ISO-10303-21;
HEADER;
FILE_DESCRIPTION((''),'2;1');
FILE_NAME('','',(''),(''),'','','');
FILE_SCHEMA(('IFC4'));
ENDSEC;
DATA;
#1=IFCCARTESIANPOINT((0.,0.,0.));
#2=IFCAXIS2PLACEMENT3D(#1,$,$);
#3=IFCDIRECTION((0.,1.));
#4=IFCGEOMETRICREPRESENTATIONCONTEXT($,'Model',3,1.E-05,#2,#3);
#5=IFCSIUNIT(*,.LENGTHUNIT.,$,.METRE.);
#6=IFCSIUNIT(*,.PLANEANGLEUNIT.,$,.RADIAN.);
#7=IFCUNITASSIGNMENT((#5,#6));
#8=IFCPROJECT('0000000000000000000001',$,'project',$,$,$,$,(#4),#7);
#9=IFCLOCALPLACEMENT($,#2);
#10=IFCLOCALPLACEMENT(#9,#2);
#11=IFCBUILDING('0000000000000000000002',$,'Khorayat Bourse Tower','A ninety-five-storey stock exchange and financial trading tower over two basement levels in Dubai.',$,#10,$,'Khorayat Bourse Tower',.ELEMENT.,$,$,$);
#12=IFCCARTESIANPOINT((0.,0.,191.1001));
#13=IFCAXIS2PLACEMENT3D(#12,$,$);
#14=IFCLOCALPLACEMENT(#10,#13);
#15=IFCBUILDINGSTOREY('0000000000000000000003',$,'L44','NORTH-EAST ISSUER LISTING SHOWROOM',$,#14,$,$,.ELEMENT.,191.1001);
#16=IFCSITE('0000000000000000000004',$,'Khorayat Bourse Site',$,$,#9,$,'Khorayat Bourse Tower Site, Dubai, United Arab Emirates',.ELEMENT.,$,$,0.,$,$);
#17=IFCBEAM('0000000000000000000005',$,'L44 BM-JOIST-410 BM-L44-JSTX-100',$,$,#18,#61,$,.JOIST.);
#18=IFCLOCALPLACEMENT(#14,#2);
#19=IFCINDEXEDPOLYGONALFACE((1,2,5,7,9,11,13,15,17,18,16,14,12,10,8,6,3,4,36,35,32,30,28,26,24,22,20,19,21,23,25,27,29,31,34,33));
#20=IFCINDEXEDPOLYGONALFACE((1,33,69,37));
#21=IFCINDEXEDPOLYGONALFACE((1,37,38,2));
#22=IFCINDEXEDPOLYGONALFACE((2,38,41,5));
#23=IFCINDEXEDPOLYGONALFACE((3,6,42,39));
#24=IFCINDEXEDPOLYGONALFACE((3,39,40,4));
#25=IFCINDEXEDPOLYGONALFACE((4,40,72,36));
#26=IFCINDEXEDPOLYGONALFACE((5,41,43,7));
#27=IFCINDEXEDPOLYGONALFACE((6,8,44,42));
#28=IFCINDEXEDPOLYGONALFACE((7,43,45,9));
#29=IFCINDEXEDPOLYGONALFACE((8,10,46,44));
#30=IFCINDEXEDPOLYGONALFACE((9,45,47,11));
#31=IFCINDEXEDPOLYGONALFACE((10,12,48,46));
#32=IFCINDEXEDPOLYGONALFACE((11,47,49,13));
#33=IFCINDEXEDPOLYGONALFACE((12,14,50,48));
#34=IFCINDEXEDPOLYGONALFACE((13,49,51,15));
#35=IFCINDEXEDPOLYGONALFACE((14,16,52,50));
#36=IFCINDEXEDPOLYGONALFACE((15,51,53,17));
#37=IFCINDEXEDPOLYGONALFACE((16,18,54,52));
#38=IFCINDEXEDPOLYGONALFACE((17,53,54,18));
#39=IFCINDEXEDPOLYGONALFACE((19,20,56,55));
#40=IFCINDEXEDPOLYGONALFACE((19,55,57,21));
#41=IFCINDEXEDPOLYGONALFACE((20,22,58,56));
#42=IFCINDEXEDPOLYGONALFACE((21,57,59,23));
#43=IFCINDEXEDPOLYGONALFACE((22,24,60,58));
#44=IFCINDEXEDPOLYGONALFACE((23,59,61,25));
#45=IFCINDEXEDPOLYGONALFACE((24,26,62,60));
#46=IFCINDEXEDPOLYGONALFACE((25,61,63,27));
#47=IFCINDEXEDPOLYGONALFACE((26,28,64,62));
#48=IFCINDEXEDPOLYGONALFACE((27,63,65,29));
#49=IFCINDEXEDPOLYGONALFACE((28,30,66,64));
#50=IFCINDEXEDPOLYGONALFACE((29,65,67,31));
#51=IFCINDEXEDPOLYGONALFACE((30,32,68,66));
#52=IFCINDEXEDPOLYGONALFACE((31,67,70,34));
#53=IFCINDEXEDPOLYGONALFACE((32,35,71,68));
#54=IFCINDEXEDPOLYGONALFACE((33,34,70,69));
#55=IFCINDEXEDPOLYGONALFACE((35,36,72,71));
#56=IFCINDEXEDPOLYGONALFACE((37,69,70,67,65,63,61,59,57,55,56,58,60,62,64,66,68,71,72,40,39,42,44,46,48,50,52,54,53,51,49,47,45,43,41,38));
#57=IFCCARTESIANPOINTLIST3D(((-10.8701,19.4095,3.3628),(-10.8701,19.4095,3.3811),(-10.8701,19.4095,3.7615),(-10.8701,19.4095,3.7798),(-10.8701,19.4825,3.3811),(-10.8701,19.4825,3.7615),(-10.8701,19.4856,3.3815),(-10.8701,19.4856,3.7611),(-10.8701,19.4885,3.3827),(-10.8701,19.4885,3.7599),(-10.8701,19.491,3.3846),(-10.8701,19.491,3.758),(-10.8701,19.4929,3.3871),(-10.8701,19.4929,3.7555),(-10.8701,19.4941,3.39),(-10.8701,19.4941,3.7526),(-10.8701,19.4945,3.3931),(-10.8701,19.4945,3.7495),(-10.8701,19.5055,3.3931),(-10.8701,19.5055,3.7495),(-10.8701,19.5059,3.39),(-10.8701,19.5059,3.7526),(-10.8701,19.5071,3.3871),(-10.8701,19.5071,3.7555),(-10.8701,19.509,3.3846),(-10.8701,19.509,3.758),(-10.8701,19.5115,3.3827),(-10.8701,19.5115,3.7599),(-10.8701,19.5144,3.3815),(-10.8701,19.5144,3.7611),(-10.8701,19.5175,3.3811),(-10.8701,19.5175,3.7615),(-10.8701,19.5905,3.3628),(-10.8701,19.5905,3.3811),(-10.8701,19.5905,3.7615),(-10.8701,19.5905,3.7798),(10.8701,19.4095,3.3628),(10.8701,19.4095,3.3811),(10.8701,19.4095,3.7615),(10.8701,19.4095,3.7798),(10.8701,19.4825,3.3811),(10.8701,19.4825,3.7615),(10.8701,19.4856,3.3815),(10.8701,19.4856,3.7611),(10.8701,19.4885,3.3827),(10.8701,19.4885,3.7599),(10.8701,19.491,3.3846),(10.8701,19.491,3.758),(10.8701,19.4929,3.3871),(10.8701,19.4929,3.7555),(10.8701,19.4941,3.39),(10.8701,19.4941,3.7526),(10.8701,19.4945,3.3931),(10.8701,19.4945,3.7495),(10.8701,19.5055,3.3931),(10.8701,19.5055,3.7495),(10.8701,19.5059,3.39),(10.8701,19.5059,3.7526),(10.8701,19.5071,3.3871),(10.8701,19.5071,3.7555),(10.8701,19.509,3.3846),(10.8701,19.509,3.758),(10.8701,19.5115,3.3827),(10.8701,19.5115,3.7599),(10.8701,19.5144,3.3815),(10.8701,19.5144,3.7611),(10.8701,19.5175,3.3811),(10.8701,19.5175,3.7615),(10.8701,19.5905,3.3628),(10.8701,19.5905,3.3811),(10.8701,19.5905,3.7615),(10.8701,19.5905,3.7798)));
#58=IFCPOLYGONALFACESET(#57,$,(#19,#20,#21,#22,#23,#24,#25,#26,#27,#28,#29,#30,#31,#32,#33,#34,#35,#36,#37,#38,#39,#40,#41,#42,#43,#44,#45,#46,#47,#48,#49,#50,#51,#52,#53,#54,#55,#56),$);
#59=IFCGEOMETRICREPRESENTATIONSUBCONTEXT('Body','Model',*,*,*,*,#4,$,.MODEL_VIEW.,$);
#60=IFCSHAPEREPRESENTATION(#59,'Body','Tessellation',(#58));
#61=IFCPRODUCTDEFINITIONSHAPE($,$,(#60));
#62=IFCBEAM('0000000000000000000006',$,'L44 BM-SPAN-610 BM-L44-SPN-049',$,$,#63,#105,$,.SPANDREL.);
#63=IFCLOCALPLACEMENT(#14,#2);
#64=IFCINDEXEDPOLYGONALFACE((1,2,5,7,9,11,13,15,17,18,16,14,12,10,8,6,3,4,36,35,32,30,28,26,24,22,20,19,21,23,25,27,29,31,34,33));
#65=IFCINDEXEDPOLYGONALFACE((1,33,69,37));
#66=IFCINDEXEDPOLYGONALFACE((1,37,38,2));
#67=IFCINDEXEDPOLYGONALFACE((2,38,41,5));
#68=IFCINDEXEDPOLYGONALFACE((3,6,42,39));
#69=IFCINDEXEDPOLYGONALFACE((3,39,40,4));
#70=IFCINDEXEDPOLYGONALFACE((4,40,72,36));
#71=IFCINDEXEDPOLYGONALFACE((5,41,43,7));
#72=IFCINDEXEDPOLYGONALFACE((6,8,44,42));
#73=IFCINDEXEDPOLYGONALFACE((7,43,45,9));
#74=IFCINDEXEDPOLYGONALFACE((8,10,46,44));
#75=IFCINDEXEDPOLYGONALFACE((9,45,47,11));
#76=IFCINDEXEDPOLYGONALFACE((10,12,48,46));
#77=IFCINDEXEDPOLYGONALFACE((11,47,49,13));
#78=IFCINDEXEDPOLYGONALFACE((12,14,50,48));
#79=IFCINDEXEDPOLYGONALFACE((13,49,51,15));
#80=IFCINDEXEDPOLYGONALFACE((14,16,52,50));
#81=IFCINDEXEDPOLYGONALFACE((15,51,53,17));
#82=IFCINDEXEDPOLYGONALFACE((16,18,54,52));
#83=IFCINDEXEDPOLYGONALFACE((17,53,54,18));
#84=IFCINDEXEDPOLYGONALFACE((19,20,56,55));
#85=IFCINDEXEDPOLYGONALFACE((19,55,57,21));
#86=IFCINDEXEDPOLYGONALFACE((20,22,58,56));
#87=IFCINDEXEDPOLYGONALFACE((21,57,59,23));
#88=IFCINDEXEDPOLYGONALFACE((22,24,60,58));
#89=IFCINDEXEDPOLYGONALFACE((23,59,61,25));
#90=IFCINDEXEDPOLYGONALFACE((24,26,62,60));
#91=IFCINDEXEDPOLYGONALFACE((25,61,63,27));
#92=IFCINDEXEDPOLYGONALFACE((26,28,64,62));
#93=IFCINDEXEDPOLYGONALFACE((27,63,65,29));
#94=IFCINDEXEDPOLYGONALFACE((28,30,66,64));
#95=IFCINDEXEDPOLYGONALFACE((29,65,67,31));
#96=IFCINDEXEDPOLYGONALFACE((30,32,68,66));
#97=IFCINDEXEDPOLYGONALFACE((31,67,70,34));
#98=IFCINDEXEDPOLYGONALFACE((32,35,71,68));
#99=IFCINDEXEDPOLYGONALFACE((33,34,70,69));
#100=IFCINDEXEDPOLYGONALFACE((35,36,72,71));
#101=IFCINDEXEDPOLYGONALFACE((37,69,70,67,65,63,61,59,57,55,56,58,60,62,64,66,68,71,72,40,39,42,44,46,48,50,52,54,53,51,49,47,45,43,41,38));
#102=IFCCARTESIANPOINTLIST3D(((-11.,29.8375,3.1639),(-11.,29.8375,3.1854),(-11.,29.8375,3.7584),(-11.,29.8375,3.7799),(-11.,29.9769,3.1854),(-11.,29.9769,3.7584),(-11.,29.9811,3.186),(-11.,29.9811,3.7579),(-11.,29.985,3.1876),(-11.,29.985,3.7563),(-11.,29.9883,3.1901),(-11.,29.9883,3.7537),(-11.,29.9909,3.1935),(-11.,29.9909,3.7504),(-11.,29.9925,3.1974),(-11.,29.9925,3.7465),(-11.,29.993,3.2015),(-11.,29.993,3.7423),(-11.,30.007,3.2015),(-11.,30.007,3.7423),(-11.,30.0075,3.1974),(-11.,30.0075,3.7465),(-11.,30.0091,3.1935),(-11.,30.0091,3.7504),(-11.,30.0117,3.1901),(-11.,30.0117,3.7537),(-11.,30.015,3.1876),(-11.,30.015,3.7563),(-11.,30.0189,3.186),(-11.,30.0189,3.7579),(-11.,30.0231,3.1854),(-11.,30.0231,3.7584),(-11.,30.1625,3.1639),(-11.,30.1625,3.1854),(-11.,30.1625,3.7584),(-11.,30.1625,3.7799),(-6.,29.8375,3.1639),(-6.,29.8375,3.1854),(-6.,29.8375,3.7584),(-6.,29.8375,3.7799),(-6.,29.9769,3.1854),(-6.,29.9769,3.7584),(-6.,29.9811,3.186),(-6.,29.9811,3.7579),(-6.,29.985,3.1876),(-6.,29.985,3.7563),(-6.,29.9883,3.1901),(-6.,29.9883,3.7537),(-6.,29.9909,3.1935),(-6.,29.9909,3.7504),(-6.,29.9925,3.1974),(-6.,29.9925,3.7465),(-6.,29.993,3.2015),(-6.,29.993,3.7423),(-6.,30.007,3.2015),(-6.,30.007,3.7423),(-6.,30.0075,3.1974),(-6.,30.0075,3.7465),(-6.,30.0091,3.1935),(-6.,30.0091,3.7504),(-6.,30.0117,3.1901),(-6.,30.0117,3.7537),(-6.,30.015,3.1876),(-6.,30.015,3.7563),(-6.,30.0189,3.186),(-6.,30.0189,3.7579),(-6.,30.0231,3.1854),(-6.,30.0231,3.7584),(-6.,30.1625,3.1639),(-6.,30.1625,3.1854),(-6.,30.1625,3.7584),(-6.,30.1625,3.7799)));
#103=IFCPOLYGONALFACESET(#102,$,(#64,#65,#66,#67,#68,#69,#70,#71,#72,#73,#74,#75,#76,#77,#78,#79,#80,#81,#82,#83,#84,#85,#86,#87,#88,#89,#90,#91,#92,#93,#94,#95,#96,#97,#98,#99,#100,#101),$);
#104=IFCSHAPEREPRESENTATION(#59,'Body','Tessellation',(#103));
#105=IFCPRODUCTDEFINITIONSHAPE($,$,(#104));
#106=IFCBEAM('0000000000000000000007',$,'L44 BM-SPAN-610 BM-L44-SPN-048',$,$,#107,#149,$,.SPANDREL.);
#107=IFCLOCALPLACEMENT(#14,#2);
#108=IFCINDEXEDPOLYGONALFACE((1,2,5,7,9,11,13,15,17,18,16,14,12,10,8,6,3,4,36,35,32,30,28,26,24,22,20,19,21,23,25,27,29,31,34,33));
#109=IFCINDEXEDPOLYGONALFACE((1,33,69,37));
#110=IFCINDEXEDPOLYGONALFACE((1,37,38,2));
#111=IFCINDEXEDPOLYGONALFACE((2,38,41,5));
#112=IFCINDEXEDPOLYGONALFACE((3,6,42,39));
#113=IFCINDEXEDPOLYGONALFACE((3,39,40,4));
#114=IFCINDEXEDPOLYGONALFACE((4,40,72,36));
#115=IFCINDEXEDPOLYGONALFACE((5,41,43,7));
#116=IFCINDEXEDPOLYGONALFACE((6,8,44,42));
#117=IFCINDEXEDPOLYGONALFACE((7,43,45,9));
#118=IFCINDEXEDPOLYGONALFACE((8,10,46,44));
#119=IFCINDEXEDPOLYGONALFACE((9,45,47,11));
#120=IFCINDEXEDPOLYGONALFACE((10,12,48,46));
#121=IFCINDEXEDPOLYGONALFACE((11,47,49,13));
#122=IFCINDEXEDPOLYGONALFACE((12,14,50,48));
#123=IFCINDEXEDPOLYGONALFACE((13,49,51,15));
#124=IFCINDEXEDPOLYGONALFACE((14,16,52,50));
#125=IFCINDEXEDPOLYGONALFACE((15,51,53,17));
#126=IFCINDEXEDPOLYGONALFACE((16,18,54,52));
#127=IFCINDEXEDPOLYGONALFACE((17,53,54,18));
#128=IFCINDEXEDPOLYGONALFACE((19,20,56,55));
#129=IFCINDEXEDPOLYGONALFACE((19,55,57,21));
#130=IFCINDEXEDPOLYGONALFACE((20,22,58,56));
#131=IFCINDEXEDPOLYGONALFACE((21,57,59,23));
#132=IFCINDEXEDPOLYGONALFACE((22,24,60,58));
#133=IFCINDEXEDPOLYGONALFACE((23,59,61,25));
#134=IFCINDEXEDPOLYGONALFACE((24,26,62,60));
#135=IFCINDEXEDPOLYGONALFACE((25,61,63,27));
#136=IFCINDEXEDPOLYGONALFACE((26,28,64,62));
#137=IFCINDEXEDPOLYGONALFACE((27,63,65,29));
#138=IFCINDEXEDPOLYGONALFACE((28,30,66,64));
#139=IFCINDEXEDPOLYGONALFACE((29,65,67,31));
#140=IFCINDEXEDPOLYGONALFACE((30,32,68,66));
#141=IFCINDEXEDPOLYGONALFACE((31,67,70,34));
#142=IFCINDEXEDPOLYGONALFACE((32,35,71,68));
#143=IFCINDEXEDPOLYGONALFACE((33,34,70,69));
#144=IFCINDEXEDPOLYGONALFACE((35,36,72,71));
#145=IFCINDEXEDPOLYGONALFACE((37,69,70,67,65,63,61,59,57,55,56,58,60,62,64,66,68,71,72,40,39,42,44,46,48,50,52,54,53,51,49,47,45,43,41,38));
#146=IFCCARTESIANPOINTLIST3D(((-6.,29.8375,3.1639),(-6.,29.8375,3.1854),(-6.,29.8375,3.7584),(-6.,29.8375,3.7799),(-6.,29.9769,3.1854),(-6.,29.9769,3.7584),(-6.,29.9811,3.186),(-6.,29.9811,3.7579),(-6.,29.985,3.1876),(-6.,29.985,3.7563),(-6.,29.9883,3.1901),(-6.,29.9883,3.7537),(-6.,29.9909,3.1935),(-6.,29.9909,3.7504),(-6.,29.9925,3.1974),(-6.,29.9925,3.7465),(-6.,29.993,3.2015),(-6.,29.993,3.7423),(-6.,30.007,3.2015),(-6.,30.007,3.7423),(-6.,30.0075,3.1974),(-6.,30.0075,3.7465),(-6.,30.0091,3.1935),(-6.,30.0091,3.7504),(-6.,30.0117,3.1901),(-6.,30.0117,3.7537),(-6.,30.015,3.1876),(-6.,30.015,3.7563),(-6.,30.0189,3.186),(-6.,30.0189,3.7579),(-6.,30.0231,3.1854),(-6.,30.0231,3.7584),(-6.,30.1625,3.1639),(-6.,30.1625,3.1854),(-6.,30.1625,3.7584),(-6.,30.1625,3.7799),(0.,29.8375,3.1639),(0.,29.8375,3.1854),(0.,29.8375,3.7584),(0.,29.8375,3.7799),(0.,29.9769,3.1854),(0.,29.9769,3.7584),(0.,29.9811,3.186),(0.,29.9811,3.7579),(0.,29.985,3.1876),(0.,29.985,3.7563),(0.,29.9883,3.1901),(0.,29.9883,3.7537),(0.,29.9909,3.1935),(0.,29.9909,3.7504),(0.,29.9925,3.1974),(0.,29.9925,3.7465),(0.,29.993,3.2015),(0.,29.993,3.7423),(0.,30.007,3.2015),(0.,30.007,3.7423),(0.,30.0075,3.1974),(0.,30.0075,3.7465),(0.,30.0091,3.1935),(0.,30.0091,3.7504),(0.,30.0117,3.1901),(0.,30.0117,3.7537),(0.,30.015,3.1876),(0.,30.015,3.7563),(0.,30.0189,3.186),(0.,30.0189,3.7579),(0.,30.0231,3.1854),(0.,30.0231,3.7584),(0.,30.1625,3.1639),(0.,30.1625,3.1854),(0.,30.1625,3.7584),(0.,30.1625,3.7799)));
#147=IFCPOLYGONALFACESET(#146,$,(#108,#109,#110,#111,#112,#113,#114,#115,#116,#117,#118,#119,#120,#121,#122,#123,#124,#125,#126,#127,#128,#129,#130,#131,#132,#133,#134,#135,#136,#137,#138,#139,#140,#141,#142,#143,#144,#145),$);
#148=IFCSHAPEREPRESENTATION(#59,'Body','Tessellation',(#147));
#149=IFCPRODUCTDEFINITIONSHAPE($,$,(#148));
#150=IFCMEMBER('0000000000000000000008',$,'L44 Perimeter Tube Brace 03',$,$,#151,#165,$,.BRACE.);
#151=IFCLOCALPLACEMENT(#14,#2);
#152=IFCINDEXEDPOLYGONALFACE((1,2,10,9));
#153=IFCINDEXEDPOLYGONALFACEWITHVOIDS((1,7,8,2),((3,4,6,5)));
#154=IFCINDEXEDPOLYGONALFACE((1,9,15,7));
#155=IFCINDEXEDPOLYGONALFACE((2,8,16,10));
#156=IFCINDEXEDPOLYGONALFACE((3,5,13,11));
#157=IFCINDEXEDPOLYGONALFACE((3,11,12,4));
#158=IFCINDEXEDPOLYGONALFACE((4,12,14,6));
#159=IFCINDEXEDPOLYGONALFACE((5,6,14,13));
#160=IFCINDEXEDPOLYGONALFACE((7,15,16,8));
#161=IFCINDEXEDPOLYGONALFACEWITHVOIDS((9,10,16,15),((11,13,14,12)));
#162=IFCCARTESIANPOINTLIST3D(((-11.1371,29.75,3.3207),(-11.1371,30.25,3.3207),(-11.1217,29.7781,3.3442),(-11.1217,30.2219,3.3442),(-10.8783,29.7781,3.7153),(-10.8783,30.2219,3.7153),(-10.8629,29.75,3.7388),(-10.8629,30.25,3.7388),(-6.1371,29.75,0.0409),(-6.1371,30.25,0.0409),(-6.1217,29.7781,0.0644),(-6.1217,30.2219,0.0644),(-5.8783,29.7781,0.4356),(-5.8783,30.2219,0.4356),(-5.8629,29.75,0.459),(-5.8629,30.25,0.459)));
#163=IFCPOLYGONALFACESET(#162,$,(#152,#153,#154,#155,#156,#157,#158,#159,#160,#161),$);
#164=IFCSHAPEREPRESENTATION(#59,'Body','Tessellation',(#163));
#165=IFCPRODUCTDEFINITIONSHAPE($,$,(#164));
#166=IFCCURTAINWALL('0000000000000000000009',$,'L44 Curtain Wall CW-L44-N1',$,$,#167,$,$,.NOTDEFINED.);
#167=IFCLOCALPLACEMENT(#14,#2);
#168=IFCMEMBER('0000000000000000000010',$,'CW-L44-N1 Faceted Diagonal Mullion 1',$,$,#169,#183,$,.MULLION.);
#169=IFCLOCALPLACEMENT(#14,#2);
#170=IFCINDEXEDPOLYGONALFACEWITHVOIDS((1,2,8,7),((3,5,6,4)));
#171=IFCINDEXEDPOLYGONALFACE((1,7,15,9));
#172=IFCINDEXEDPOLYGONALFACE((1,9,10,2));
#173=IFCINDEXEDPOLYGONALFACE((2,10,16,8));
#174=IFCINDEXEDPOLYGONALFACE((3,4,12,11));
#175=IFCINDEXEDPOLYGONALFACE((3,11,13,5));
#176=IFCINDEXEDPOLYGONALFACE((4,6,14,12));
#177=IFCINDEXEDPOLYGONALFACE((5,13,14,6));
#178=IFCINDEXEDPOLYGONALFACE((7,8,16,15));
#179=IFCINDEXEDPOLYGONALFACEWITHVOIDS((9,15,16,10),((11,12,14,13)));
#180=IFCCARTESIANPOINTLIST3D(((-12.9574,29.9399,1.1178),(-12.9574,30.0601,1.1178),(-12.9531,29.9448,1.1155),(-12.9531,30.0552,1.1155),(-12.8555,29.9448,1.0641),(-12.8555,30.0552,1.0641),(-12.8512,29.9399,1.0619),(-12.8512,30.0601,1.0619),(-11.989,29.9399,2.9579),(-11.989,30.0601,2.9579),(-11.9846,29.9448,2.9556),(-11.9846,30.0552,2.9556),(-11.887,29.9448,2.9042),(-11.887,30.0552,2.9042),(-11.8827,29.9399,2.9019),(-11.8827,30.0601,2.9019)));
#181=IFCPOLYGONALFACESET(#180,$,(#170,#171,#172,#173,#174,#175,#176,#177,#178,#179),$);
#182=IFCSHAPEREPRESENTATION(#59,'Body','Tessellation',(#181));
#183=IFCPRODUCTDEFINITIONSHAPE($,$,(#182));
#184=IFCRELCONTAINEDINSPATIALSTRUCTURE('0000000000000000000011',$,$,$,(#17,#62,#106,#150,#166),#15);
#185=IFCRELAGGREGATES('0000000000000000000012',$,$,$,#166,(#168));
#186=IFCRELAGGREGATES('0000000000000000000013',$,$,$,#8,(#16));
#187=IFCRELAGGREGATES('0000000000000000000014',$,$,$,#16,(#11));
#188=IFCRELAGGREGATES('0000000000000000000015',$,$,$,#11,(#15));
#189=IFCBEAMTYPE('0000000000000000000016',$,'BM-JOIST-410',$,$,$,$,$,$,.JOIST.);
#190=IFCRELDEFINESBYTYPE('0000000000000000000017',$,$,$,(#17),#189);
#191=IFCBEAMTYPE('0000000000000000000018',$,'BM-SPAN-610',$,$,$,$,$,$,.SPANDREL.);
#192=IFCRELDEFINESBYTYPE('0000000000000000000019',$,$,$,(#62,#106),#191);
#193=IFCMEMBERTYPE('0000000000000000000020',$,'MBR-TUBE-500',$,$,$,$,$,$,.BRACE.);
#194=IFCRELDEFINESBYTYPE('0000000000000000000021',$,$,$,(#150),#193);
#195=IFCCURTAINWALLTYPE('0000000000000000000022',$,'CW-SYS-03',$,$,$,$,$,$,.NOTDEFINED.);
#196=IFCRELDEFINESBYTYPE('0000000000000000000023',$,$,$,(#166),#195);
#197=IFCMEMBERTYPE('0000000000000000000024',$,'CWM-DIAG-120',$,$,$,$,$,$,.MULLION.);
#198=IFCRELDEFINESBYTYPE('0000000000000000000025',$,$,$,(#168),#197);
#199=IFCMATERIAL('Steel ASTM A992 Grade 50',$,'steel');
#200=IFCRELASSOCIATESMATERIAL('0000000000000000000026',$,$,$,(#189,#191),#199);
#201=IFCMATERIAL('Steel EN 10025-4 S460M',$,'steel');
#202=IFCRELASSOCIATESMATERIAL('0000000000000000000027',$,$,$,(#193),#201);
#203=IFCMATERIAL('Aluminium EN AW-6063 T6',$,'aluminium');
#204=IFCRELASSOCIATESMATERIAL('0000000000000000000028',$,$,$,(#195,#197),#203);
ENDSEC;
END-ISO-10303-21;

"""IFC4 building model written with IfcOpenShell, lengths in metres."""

from ifc_helpers import new_model, si_unit, direction, frame, origin, origin_2d, place, context, subcontext, project, spatial, hollow_rectangle, i_section, extrude, source, transform, mapped, material, material_profile, profile_set, type_object, element, aggregate, save


model = new_model("IFC4")

# Units and contexts
model_context = context("Model", 3, precision=1e-05, world=origin(), true_north=direction((0.0, 1.0)))
body_context = subcontext(model_context, "Body", "Model", "MODEL_VIEW")
ifc_project = project(units=[si_unit("LENGTHUNIT", "METRE"), si_unit("PLANEANGLEUNIT", "RADIAN")], contexts=[model_context])

# Site, building, storey
site_placement = place(None, origin())
site = spatial("IfcSite", under=ifc_project, at=site_placement, Name="Khorayat Bourse Site", LongName="Khorayat Bourse Tower Site, Dubai, United Arab Emirates", CompositionType="ELEMENT", RefElevation=0.0)
building_placement = place(site_placement, origin())
building = spatial("IfcBuilding", under=site, at=building_placement, Name="Khorayat Bourse Tower", Description="A ninety-five-storey stock exchange and financial trading tower over two basement levels in Dubai.", LongName="Khorayat Bourse Tower", CompositionType="ELEMENT")
storey_placement = place(building_placement, frame((0.0, 0.0, 191.1001)))
storey = spatial("IfcBuildingStorey", under=building, at=storey_placement, Name="L44", Description="NORTH-EAST ISSUER LISTING SHOWROOM", CompositionType="ELEMENT", Elevation=191.1001)

# Shared definitions
ifc_material_1 = material(Name="Steel EN 10025-4 S460M", Category="steel")

# Beams
ifc_material_2 = material(Name="Steel ASTM A992 Grade 50", Category="steel")
ifc_material_profile_1 = material_profile(ifc_material_2, i_section(OverallWidth=0.1809, OverallDepth=0.417, WebThickness=0.011, FlangeThickness=0.0183, FilletRadius=0.012, at=origin_2d()), Name="W410X85")
ifc_profile_set_1 = profile_set([ifc_material_profile_1], Name="Steel ASTM A992 Grade 50")
beam_type_1 = type_object("IfcBeamType", Name="BM-JOIST-410", PredefinedType="JOIST", material=ifc_profile_set_1)
shared_shape_1 = source(origin(), body_context, "Body", "SweptSolid", [
    extrude(i_section(OverallWidth=0.1809, OverallDepth=0.417, WebThickness=0.011, FlangeThickness=0.0183, FilletRadius=0.012, at=origin_2d()), origin(), (0.0, 0.0, 1.0), 21.7402),
])
beam_1_placement = place(storey_placement, frame((-10.8701, 19.5, 3.5713), z_axis=(1.0, 0.0, 0.0), x_axis=(0.0, 1.0, 0.0)))
element("IfcBeam", 1, at=beam_1_placement, inside=storey, type_object=beam_type_1, Name="L44 BM-JOIST-410 BM-L44-JSTX-100", PredefinedType="JOIST", context=body_context, shape_type="MappedRepresentation", body=[
    mapped(shared_shape_1, transform((0.0, 0.0, 0.0), scale=1.0)),
])
ifc_material_profile_2 = material_profile(ifc_material_2, i_section(OverallWidth=0.325, OverallDepth=0.616, WebThickness=0.0139, FlangeThickness=0.0215, FilletRadius=0.0161, at=origin_2d()), Name="W610X174")
ifc_profile_set_2 = profile_set([ifc_material_profile_2], Name="Steel ASTM A992 Grade 50")
beam_type_2 = type_object("IfcBeamType", Name="BM-SPAN-610", PredefinedType="SPANDREL", material=ifc_profile_set_2)
shared_shape_2 = source(origin(), body_context, "Body", "SweptSolid", [
    extrude(i_section(OverallWidth=0.325, OverallDepth=0.616, WebThickness=0.0139, FlangeThickness=0.0215, FilletRadius=0.0161, at=origin_2d()), origin(), (0.0, 0.0, 1.0), 5.0),
])
beam_2_placement = place(storey_placement, frame((-11.0, 30.0, 3.4719), z_axis=(1.0, 0.0, 0.0), x_axis=(0.0, 1.0, 0.0)))
element("IfcBeam", 2, at=beam_2_placement, inside=storey, type_object=beam_type_2, Name="L44 BM-SPAN-610 BM-L44-SPN-049", PredefinedType="SPANDREL", context=body_context, shape_type="MappedRepresentation", body=[
    mapped(shared_shape_2, transform((0.0, 0.0, 0.0), scale=1.0)),
])
shared_shape_3 = source(origin(), body_context, "Body", "SweptSolid", [
    extrude(i_section(OverallWidth=0.325, OverallDepth=0.616, WebThickness=0.0139, FlangeThickness=0.0215, FilletRadius=0.0161, at=origin_2d()), origin(), (0.0, 0.0, 1.0), 6.0),
])
beam_3_placement = place(storey_placement, frame((-6.0, 30.0, 3.4719), z_axis=(1.0, 0.0, 0.0), x_axis=(0.0, 1.0, 0.0)))
element("IfcBeam", 3, at=beam_3_placement, inside=storey, type_object=beam_type_2, Name="L44 BM-SPAN-610 BM-L44-SPN-048", PredefinedType="SPANDREL", context=body_context, shape_type="MappedRepresentation", body=[
    mapped(shared_shape_3, transform((0.0, 0.0, 0.0), scale=1.0)),
])

# Member
ifc_material_profile_3 = material_profile(ifc_material_1, hollow_rectangle(XDim=0.5, YDim=0.5, WallThickness=0.0281, at=origin_2d()), Name="HSS 500x500x28")
ifc_profile_set_3 = profile_set([ifc_material_profile_3], Name="Steel EN 10025-4 S460M")
member_type_1 = type_object("IfcMemberType", Name="MBR-TUBE-500", PredefinedType="BRACE", material=ifc_profile_set_3)
shared_shape_4 = source(origin(), body_context, "Body", "SweptSolid", [
    extrude(hollow_rectangle(XDim=0.5, YDim=0.5, WallThickness=0.0281, at=origin_2d()), origin(), (0.0, 0.0, 1.0), 5.9797),
])
member_1_placement = place(storey_placement, frame((-11.0, 30.0, 3.5298), z_axis=(0.83616, 0.0, -0.548485), x_axis=(0.0, 1.0, 0.0)))
element("IfcMember", 4, at=member_1_placement, inside=storey, type_object=member_type_1, Name="L44 Perimeter Tube Brace 03", PredefinedType="BRACE", context=body_context, shape_type="MappedRepresentation", body=[
    mapped(shared_shape_4, transform((0.0, 0.0, 0.0), scale=1.0)),
])

# Curtain wall, member
ifc_material_3 = material(Name="Aluminium EN AW-6063 T6", Category="aluminium")
curtain_wall_type = type_object("IfcCurtainWallType", Name="CW-SYS-03", PredefinedType="NOTDEFINED", material=ifc_material_3)
curtain_wall_placement = place(storey_placement, origin())
curtain_wall = element("IfcCurtainWall", 5, at=curtain_wall_placement, inside=storey, type_object=curtain_wall_type, Name="L44 Curtain Wall CW-L44-N1", PredefinedType="NOTDEFINED")
ifc_material_profile_4 = material_profile(ifc_material_3, hollow_rectangle(XDim=0.1201, YDim=0.1201, WallThickness=0.0049, at=origin_2d()), Name="ALU 120x120x5")
ifc_profile_set_4 = profile_set([ifc_material_profile_4], Name="Aluminium EN AW-6063 T6")
member_type_2 = type_object("IfcMemberType", Name="CWM-DIAG-120", PredefinedType="MULLION", material=ifc_profile_set_4)
shared_shape_5 = source(origin(), body_context, "Body", "SweptSolid", [
    extrude(hollow_rectangle(XDim=0.1201, YDim=0.1201, WallThickness=0.0049, at=origin_2d()), origin(), (0.0, 0.0, 1.0), 2.0793),
])
member_2_placement = place(storey_placement, frame((-12.9043, 30.0, 1.0898), z_axis=(0.465761, 0.0, 0.884911), x_axis=(0.0, 1.0, 0.0)))
member_2 = element("IfcMember", 6, at=member_2_placement, type_object=member_type_2, Name="CW-L44-N1 Faceted Diagonal Mullion 1", PredefinedType="MULLION", context=body_context, shape_type="MappedRepresentation", body=[
    mapped(shared_shape_5, transform((0.0, 0.0, 0.0), scale=1.0)),
])

aggregate(curtain_wall, [member_2])

save(model, "model.ifc")
